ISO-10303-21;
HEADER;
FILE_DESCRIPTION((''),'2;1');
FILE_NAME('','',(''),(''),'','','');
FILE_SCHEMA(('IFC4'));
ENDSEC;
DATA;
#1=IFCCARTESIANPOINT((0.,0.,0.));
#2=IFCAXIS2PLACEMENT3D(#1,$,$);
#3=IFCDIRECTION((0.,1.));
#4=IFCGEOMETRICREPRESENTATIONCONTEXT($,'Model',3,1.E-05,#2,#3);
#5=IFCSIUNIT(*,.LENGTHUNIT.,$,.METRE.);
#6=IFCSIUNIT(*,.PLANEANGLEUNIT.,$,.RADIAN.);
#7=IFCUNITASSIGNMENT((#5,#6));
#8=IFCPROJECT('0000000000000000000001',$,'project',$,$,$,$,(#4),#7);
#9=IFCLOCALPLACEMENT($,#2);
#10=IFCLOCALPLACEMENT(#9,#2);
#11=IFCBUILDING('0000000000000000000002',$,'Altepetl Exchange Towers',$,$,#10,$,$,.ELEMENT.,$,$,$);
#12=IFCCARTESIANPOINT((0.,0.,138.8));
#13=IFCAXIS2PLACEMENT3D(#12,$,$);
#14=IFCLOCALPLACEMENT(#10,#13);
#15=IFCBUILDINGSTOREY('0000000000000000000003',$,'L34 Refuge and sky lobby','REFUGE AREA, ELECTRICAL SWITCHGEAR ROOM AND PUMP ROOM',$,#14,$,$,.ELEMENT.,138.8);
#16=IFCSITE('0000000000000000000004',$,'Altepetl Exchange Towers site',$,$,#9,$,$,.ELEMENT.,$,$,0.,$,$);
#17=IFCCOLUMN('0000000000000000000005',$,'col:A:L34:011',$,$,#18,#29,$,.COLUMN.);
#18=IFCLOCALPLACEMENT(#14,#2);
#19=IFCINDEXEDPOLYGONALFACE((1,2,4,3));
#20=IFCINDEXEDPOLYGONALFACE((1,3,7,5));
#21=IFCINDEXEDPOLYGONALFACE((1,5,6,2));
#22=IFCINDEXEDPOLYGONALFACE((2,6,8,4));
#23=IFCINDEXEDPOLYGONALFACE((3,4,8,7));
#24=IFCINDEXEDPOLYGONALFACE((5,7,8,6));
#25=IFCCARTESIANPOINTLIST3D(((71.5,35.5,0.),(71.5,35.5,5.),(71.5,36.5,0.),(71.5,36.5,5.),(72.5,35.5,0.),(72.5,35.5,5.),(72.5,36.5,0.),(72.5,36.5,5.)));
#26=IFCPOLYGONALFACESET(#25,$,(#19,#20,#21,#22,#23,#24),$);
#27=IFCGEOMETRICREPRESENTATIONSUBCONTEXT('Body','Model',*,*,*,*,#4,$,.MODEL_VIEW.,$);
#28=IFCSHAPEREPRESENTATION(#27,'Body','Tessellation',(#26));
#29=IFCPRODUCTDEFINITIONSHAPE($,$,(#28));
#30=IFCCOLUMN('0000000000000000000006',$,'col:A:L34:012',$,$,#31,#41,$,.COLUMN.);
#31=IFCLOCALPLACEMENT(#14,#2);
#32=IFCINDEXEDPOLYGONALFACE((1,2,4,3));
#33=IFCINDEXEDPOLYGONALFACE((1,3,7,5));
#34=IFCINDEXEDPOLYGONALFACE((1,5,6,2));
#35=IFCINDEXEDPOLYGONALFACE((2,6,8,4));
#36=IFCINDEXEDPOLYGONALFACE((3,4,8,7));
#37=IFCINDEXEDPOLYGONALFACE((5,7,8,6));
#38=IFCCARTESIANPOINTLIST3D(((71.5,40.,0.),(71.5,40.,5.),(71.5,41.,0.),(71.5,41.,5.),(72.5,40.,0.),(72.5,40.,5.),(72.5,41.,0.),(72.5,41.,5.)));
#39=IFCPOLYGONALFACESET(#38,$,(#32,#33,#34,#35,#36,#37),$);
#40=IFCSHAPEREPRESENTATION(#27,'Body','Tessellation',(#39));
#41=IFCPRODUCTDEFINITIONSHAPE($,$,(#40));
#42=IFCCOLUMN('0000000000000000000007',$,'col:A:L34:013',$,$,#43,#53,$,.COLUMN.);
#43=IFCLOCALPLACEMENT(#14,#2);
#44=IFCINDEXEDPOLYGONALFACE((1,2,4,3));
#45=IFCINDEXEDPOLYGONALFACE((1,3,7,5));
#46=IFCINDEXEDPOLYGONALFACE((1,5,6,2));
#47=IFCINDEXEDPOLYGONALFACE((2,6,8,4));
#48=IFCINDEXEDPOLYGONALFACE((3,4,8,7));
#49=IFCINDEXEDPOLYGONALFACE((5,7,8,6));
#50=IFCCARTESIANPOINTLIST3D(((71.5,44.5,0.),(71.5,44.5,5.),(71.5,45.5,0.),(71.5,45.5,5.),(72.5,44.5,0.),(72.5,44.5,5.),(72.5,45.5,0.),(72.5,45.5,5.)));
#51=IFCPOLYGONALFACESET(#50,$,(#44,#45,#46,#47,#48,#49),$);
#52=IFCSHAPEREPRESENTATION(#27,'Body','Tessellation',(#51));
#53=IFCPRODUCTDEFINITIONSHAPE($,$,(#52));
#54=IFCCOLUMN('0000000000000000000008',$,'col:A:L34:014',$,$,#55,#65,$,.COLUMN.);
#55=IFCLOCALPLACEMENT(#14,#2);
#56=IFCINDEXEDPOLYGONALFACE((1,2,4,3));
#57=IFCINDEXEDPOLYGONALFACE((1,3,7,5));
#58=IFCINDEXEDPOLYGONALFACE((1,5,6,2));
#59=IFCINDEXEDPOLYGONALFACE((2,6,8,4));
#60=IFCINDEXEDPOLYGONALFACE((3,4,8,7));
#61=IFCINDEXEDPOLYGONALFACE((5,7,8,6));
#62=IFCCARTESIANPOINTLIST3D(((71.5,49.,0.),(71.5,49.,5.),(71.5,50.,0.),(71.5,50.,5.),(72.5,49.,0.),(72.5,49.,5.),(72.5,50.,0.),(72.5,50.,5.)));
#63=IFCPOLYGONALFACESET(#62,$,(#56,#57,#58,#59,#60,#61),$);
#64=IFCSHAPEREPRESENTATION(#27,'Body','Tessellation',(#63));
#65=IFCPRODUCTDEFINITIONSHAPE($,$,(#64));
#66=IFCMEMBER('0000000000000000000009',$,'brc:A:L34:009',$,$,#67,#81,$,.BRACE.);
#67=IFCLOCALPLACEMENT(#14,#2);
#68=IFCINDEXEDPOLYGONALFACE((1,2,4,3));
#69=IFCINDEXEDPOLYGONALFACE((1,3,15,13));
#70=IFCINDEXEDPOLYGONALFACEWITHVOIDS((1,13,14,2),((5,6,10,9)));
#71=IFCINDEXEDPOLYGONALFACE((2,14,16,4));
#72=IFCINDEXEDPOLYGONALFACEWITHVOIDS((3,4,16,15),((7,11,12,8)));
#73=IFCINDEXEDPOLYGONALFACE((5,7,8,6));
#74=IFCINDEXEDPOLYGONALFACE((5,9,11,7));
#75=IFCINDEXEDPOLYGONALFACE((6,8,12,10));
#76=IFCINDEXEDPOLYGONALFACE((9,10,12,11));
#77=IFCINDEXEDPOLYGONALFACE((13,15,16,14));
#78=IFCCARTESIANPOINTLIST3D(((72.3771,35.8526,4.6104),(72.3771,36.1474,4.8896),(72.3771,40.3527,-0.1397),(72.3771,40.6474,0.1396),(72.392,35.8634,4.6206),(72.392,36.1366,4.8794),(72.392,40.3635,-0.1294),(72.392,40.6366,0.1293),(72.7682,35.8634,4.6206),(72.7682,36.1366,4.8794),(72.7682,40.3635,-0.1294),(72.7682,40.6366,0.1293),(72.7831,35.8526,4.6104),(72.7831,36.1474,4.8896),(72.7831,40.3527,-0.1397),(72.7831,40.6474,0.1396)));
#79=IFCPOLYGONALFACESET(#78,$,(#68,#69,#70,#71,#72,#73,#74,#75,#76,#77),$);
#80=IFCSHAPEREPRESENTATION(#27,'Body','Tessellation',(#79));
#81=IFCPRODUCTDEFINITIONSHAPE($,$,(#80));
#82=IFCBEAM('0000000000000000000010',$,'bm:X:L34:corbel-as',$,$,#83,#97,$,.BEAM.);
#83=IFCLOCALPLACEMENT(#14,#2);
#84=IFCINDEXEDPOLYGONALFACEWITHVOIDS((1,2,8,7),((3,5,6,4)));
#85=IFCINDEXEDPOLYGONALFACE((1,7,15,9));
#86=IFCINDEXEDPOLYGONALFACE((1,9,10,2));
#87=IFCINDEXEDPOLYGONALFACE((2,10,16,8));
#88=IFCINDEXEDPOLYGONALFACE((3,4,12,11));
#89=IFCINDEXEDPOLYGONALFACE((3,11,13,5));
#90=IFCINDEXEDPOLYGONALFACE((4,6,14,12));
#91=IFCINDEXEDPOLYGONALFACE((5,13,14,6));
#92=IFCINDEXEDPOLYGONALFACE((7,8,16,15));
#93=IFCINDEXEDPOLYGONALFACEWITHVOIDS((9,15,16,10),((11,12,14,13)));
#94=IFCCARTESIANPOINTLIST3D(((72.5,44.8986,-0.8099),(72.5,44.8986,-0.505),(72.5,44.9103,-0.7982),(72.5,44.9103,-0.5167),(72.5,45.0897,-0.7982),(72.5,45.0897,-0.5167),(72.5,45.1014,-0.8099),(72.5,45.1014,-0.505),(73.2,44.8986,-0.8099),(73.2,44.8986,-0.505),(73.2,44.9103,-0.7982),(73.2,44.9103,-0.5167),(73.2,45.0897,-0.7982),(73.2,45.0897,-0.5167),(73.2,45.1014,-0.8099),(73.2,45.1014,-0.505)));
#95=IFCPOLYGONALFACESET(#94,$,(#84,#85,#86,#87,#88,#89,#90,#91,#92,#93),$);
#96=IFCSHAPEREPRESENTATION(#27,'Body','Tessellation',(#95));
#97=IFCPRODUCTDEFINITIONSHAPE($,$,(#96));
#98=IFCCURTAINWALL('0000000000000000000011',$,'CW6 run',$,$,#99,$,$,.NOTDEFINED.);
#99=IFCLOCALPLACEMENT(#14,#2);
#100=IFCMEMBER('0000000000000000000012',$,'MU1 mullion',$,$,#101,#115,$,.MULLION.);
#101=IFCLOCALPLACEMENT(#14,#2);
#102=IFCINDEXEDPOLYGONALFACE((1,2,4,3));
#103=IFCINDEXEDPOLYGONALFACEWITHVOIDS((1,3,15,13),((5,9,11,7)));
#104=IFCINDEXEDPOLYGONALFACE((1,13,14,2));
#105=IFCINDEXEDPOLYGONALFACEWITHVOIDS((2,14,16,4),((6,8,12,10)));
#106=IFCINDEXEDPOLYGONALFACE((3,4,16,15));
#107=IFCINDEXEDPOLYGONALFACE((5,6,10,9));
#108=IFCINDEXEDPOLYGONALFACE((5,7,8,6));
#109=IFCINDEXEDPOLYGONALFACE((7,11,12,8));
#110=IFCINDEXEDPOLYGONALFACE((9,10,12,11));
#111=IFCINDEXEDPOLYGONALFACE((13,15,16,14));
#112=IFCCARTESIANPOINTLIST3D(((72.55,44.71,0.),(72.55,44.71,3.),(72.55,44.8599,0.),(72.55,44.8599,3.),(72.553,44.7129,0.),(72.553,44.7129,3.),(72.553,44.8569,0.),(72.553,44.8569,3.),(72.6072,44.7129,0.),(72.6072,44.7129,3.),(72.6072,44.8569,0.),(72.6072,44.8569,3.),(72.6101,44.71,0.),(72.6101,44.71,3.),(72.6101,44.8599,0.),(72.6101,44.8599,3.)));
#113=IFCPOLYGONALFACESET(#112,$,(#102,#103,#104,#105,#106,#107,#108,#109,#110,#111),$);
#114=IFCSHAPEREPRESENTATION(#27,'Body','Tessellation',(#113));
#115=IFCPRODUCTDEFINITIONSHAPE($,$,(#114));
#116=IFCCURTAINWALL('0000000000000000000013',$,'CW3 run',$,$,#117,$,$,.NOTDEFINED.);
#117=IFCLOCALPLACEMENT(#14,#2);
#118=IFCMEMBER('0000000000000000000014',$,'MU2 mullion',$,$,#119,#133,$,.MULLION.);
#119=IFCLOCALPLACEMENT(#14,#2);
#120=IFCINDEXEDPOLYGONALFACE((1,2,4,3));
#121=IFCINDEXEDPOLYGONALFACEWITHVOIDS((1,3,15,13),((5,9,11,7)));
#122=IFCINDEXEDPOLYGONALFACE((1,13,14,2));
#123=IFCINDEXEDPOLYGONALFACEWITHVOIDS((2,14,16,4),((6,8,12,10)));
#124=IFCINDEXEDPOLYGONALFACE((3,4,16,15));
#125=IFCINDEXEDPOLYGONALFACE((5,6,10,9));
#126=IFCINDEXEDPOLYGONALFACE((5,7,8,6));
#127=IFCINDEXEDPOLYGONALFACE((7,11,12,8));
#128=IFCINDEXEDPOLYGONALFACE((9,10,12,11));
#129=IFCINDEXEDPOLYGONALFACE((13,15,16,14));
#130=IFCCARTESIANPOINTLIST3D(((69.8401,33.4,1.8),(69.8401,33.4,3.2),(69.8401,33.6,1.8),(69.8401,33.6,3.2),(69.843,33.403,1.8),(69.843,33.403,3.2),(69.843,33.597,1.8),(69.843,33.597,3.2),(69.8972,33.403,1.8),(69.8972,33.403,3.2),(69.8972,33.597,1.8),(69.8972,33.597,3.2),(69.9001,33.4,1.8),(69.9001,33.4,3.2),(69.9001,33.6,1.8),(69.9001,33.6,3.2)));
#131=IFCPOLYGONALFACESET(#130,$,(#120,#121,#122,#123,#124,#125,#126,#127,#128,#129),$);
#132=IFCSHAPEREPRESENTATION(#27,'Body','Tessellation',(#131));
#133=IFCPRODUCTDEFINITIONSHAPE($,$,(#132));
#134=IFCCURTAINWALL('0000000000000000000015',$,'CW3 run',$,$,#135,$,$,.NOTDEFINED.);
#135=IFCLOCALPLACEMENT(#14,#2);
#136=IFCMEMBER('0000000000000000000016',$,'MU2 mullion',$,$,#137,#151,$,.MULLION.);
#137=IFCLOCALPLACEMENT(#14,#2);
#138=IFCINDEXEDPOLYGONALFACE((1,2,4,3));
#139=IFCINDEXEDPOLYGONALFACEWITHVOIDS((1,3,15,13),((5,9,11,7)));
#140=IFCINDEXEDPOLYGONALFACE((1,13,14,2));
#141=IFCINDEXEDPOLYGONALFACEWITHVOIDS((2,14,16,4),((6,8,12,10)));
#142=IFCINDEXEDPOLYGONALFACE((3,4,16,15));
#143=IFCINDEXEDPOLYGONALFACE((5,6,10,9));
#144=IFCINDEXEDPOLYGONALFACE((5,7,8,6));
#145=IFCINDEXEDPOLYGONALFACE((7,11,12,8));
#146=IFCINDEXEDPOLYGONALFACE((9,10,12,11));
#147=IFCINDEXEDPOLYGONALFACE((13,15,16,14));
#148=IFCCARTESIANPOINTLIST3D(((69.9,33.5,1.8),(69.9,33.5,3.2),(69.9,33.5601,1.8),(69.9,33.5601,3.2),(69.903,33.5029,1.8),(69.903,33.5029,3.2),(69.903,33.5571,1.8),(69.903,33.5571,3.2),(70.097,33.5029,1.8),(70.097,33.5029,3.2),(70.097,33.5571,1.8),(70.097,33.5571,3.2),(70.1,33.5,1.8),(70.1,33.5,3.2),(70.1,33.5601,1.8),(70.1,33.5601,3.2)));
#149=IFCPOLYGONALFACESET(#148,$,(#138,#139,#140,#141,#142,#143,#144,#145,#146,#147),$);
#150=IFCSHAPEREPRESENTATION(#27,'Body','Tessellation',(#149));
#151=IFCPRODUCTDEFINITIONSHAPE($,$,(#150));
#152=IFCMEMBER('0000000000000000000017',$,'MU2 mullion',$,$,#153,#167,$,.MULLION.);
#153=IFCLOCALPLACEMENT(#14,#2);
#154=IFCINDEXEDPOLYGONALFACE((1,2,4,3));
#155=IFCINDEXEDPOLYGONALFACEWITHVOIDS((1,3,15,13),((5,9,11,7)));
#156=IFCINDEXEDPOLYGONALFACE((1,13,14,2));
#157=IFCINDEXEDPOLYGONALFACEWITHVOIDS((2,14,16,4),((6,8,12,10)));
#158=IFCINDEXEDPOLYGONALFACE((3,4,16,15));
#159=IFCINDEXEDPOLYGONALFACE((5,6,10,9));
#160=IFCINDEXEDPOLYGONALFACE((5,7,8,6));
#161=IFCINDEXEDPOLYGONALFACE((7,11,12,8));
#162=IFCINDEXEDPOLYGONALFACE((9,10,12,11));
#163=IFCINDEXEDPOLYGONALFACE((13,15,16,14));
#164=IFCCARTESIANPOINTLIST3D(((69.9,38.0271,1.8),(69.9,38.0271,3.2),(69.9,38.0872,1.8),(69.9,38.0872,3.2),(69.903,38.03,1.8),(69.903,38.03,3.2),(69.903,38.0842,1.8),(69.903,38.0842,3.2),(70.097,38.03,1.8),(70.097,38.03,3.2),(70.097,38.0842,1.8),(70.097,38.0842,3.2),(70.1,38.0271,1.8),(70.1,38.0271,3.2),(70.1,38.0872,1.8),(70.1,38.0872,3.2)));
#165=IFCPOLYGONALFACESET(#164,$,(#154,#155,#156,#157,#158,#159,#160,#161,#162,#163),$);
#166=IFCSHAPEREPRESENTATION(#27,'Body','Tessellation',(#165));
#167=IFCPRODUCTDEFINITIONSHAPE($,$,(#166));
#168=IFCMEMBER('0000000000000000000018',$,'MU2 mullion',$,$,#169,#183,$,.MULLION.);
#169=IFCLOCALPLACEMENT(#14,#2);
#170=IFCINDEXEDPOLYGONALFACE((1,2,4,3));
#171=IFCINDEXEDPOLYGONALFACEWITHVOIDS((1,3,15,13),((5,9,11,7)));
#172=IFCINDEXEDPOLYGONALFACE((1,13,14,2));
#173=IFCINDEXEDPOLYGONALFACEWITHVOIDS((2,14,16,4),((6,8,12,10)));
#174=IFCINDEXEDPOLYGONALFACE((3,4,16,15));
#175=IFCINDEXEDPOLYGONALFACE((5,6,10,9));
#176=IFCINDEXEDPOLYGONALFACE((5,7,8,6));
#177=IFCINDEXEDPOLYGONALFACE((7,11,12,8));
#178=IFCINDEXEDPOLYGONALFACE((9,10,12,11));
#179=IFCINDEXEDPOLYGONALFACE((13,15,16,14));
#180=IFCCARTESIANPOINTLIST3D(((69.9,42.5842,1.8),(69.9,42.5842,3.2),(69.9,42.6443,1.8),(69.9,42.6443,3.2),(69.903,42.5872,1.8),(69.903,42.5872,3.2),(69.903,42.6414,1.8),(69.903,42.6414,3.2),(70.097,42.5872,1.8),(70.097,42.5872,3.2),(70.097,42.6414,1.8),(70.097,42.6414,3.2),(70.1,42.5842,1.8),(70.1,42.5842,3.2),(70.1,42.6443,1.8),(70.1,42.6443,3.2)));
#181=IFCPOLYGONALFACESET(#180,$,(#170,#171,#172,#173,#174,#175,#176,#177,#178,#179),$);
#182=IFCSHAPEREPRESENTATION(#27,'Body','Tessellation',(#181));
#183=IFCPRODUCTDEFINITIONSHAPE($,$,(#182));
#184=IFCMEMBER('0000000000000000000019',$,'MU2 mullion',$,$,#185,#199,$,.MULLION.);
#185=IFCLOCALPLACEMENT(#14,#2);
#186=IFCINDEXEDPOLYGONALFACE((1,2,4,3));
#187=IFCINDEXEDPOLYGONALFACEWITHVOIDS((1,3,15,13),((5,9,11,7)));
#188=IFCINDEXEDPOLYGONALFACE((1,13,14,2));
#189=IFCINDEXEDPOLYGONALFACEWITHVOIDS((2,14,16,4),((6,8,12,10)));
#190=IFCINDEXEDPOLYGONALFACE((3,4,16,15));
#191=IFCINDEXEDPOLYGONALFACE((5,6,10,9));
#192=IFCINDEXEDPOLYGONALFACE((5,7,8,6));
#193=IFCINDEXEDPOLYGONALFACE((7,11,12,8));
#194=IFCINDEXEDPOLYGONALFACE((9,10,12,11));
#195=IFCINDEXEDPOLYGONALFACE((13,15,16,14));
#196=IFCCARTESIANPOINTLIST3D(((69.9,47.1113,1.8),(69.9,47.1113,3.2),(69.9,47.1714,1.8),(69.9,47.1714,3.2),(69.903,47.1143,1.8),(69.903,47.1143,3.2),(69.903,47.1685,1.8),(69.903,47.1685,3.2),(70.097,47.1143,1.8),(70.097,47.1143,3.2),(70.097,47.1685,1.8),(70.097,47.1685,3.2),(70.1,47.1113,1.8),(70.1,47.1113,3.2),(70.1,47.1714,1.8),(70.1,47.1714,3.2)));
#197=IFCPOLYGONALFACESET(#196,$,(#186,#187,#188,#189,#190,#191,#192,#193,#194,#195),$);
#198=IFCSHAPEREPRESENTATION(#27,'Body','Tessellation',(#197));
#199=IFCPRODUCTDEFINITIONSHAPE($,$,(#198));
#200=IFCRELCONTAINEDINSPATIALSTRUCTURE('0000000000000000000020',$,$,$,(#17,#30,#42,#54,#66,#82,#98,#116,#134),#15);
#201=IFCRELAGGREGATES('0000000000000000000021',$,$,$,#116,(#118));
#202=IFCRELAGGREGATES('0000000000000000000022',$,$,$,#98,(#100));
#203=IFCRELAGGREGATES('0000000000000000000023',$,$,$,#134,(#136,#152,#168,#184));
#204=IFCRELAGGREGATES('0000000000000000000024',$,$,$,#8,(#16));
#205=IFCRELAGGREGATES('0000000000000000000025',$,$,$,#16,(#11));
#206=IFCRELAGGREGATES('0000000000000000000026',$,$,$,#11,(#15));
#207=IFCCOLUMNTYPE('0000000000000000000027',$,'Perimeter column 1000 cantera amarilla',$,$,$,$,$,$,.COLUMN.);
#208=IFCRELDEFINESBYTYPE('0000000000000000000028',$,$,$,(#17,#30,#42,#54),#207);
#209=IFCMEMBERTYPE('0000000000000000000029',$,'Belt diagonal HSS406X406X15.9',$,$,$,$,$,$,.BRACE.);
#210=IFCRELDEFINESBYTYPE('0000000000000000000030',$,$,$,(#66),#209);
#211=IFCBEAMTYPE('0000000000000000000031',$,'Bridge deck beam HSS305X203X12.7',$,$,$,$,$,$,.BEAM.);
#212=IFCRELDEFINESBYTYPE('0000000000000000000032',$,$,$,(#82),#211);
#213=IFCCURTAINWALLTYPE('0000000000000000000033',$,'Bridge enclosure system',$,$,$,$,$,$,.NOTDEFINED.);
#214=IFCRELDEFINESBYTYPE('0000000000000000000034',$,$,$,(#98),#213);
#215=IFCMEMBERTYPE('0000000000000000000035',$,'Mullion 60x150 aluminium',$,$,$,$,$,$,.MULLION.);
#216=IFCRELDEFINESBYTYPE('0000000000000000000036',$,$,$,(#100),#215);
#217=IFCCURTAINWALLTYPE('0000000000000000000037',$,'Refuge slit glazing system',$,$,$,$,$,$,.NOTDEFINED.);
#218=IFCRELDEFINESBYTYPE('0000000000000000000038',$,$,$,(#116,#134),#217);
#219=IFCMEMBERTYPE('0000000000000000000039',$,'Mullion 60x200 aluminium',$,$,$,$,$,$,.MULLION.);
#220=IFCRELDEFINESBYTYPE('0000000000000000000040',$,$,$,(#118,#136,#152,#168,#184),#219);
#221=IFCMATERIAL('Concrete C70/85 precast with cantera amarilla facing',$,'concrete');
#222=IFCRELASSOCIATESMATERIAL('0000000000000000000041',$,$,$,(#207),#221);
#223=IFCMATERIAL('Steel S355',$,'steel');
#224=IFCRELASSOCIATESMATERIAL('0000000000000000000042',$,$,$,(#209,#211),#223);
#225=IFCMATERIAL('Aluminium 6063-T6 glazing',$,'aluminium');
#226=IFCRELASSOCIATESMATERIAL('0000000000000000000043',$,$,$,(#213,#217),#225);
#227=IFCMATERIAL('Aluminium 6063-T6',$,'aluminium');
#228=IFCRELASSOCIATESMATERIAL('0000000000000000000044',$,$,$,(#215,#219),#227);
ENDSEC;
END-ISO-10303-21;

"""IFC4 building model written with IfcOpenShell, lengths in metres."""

from ifc_helpers import new_model, si_unit, direction, frame, origin, origin_2d, place, context, subcontext, project, spatial, rectangle, hollow_rectangle, extrude, material, material_profile, profile_set, type_object, element, aggregate, save


model = new_model("IFC4")

# Units and contexts
model_context = context("Model", 3, precision=1e-05, world=origin(), true_north=direction((0.0, 1.0)))
body_context = subcontext(model_context, "Body", "Model", "MODEL_VIEW")
ifc_project = project(units=[si_unit("LENGTHUNIT", "METRE"), si_unit("PLANEANGLEUNIT", "RADIAN")], contexts=[model_context])

# Site, building, storey
site_placement = place(None, origin())
site = spatial("IfcSite", under=ifc_project, at=site_placement, Name="Altepetl Exchange Towers site", CompositionType="ELEMENT", RefElevation=0.0)
building_placement = place(site_placement, origin())
building = spatial("IfcBuilding", under=site, at=building_placement, Name="Altepetl Exchange Towers", CompositionType="ELEMENT")
storey_placement = place(building_placement, frame((0.0, 0.0, 138.8)))
storey = spatial("IfcBuildingStorey", under=building, at=storey_placement, Name="L34 Refuge and sky lobby", Description="REFUGE AREA, ELECTRICAL SWITCHGEAR ROOM AND PUMP ROOM", CompositionType="ELEMENT", Elevation=138.8)

# Columns
ifc_material_1 = material(Name="Concrete C70/85 precast with cantera amarilla facing", Category="concrete")
ifc_material_profile_1 = material_profile(ifc_material_1, rectangle(XDim=1.0, YDim=1.0, at=origin_2d()), Name="1000 x 1000")
ifc_profile_set_1 = profile_set([ifc_material_profile_1], Name="Concrete C70/85 precast with cantera amarilla facing")
column_type = type_object("IfcColumnType", Name="Perimeter column 1000 cantera amarilla", PredefinedType="COLUMN", material=ifc_profile_set_1)
for number, where, name in (
    (1, (72.0, 36.0, 0.0), "col:A:L34:011"),
    (2, (72.0, 40.5, 0.0), "col:A:L34:012"),
    (3, (72.0, 45.0, 0.0), "col:A:L34:013"),
    (4, (72.0, 49.5, 0.0), "col:A:L34:014"),
):
    element("IfcColumn", number, at=place(storey_placement, frame(where)), inside=storey, type_object=column_type, Name=name, PredefinedType="COLUMN", context=body_context, shape_type="SweptSolid", body=[
        extrude(rectangle(XDim=1.0, YDim=1.0, at=origin_2d()), origin(), (0.0, 0.0, 1.0), 5.0),
    ])

# Member
ifc_material_2 = material(Name="Steel S355", Category="steel")
ifc_material_profile_2 = material_profile(ifc_material_2, hollow_rectangle(XDim=0.406, YDim=0.406, WallThickness=0.0149, at=origin_2d()), Name="HSS406X406X15.9")
ifc_profile_set_2 = profile_set([ifc_material_profile_2], Name="Steel S355")
member_type_1 = type_object("IfcMemberType", Name="Belt diagonal HSS406X406X15.9", PredefinedType="BRACE", material=ifc_profile_set_2)
member_1_placement = place(storey_placement, frame((72.5801, 36.0, 4.75), z_axis=(0.0, 0.687745, -0.725953), x_axis=(-1.0, 0.0, 0.0)))
element("IfcMember", 5, at=member_1_placement, inside=storey, type_object=member_type_1, Name="brc:A:L34:009", PredefinedType="BRACE", context=body_context, shape_type="SweptSolid", body=[
    extrude(hollow_rectangle(XDim=0.406, YDim=0.406, WallThickness=0.0149, at=origin_2d()), origin(), (0.0, 0.0, 1.0), 6.5432),
])

# Beam
ifc_material_profile_3 = material_profile(ifc_material_2, hollow_rectangle(XDim=0.2029, YDim=0.3049, WallThickness=0.0117, at=origin_2d()), Name="HSS305X203X12.7")
ifc_profile_set_3 = profile_set([ifc_material_profile_3], Name="Steel S355")
beam_type_1 = type_object("IfcBeamType", Name="Bridge deck beam HSS305X203X12.7", PredefinedType="BEAM", material=ifc_profile_set_3)
beam_placement = place(storey_placement, frame((72.5, 45.0, -0.6575), z_axis=(1.0, 0.0, 0.0), x_axis=(0.0, 1.0, 0.0)))
element("IfcBeam", 6, at=beam_placement, inside=storey, type_object=beam_type_1, Name="bm:X:L34:corbel-as", PredefinedType="BEAM", context=body_context, shape_type="SweptSolid", body=[
    extrude(hollow_rectangle(XDim=0.2029, YDim=0.3049, WallThickness=0.0117, at=origin_2d()), origin(), (0.0, 0.0, 1.0), 0.7),
])

# Curtain walls, members
ifc_material_3 = material(Name="Aluminium 6063-T6 glazing", Category="aluminium")
curtain_wall_type_1 = type_object("IfcCurtainWallType", Name="Bridge enclosure system", PredefinedType="NOTDEFINED", material=ifc_material_3)
curtain_wall_1_placement = place(storey_placement, origin())
curtain_wall_1 = element("IfcCurtainWall", 7, at=curtain_wall_1_placement, inside=storey, type_object=curtain_wall_type_1, Name="CW6 run", PredefinedType="NOTDEFINED")
ifc_material_4 = material(Name="Aluminium 6063-T6", Category="aluminium")
ifc_material_profile_4 = material_profile(ifc_material_4, hollow_rectangle(XDim=0.0601, YDim=0.1499, WallThickness=0.0029, at=origin_2d()), Name="Mullion 60x150 aluminium")
ifc_profile_set_4 = profile_set([ifc_material_profile_4], Name="Aluminium 6063-T6")
member_type_2 = type_object("IfcMemberType", Name="Mullion 60x150 aluminium", PredefinedType="MULLION", material=ifc_profile_set_4)
member_2_placement = place(storey_placement, frame((72.5801, 44.7849, 0.0)))
member_2 = element("IfcMember", 8, at=member_2_placement, type_object=member_type_2, Name="MU1 mullion", PredefinedType="MULLION", context=body_context, shape_type="SweptSolid", body=[
    extrude(hollow_rectangle(XDim=0.0601, YDim=0.1499, WallThickness=0.0029, at=origin_2d()), origin(), (0.0, 0.0, 1.0), 3.0),
])
curtain_wall_type_2 = type_object("IfcCurtainWallType", Name="Refuge slit glazing system", PredefinedType="NOTDEFINED", material=ifc_material_3)
curtain_wall_2_placement = place(storey_placement, origin())
curtain_wall_2 = element("IfcCurtainWall", 9, at=curtain_wall_2_placement, inside=storey, type_object=curtain_wall_type_2, Name="CW3 run", PredefinedType="NOTDEFINED")
ifc_material_profile_5 = material_profile(ifc_material_4, hollow_rectangle(XDim=0.0601, YDim=0.2, WallThickness=0.0029, at=origin_2d()), Name="Mullion 60x200 aluminium")
ifc_profile_set_5 = profile_set([ifc_material_profile_5], Name="Aluminium 6063-T6")
member_type_3 = type_object("IfcMemberType", Name="Mullion 60x200 aluminium", PredefinedType="MULLION", material=ifc_profile_set_5)
member_3_placement = place(storey_placement, frame((69.8701, 33.5, 1.8)))
member_3 = element("IfcMember", 10, at=member_3_placement, type_object=member_type_3, Name="MU2 mullion", PredefinedType="MULLION", context=body_context, shape_type="SweptSolid", body=[
    extrude(hollow_rectangle(XDim=0.0601, YDim=0.2, WallThickness=0.0029, at=origin_2d()), origin(), (0.0, 0.0, 1.0), 1.3999),
])
aggregate(curtain_wall_2, [member_3])

# Curtain wall, members
curtain_wall_3_placement = place(storey_placement, origin())
curtain_wall_3 = element("IfcCurtainWall", 11, at=curtain_wall_3_placement, inside=storey, type_object=curtain_wall_type_2, Name="CW3 run", PredefinedType="NOTDEFINED")
member_4_placement = place(storey_placement, frame((70.0, 33.53, 1.8), z_axis=(0.0, 0.0, 1.0), x_axis=(0.0, 1.0, 0.0)))
member_4 = element("IfcMember", 12, at=member_4_placement, type_object=member_type_3, Name="MU2 mullion", PredefinedType="MULLION", context=body_context, shape_type="SweptSolid", body=[
    extrude(hollow_rectangle(XDim=0.0601, YDim=0.2, WallThickness=0.0029, at=origin_2d()), origin(), (0.0, 0.0, 1.0), 1.3999),
])
member_5_placement = place(storey_placement, frame((70.0, 38.0571, 1.8), z_axis=(0.0, 0.0, 1.0), x_axis=(0.0, 1.0, 0.0)))
member_5 = element("IfcMember", 13, at=member_5_placement, type_object=member_type_3, Name="MU2 mullion", PredefinedType="MULLION", context=body_context, shape_type="SweptSolid", body=[
    extrude(hollow_rectangle(XDim=0.0601, YDim=0.2, WallThickness=0.0029, at=origin_2d()), origin(), (0.0, 0.0, 1.0), 1.3999),
])
member_6_placement = place(storey_placement, frame((70.0, 42.6143, 1.8), z_axis=(0.0, 0.0, 1.0), x_axis=(0.0, 1.0, 0.0)))
member_6 = element("IfcMember", 14, at=member_6_placement, type_object=member_type_3, Name="MU2 mullion", PredefinedType="MULLION", context=body_context, shape_type="SweptSolid", body=[
    extrude(hollow_rectangle(XDim=0.0601, YDim=0.2, WallThickness=0.0029, at=origin_2d()), origin(), (0.0, 0.0, 1.0), 1.3999),
])
member_7_placement = place(storey_placement, frame((70.0, 47.1414, 1.8), z_axis=(0.0, 0.0, 1.0), x_axis=(0.0, 1.0, 0.0)))
member_7 = element("IfcMember", 15, at=member_7_placement, type_object=member_type_3, Name="MU2 mullion", PredefinedType="MULLION", context=body_context, shape_type="SweptSolid", body=[
    extrude(hollow_rectangle(XDim=0.0601, YDim=0.2, WallThickness=0.0029, at=origin_2d()), origin(), (0.0, 0.0, 1.0), 1.3999),
])

aggregate(curtain_wall_1, [member_2])

aggregate(curtain_wall_3, [member_4, member_5, member_6, member_7])

save(model, "model.ifc")
